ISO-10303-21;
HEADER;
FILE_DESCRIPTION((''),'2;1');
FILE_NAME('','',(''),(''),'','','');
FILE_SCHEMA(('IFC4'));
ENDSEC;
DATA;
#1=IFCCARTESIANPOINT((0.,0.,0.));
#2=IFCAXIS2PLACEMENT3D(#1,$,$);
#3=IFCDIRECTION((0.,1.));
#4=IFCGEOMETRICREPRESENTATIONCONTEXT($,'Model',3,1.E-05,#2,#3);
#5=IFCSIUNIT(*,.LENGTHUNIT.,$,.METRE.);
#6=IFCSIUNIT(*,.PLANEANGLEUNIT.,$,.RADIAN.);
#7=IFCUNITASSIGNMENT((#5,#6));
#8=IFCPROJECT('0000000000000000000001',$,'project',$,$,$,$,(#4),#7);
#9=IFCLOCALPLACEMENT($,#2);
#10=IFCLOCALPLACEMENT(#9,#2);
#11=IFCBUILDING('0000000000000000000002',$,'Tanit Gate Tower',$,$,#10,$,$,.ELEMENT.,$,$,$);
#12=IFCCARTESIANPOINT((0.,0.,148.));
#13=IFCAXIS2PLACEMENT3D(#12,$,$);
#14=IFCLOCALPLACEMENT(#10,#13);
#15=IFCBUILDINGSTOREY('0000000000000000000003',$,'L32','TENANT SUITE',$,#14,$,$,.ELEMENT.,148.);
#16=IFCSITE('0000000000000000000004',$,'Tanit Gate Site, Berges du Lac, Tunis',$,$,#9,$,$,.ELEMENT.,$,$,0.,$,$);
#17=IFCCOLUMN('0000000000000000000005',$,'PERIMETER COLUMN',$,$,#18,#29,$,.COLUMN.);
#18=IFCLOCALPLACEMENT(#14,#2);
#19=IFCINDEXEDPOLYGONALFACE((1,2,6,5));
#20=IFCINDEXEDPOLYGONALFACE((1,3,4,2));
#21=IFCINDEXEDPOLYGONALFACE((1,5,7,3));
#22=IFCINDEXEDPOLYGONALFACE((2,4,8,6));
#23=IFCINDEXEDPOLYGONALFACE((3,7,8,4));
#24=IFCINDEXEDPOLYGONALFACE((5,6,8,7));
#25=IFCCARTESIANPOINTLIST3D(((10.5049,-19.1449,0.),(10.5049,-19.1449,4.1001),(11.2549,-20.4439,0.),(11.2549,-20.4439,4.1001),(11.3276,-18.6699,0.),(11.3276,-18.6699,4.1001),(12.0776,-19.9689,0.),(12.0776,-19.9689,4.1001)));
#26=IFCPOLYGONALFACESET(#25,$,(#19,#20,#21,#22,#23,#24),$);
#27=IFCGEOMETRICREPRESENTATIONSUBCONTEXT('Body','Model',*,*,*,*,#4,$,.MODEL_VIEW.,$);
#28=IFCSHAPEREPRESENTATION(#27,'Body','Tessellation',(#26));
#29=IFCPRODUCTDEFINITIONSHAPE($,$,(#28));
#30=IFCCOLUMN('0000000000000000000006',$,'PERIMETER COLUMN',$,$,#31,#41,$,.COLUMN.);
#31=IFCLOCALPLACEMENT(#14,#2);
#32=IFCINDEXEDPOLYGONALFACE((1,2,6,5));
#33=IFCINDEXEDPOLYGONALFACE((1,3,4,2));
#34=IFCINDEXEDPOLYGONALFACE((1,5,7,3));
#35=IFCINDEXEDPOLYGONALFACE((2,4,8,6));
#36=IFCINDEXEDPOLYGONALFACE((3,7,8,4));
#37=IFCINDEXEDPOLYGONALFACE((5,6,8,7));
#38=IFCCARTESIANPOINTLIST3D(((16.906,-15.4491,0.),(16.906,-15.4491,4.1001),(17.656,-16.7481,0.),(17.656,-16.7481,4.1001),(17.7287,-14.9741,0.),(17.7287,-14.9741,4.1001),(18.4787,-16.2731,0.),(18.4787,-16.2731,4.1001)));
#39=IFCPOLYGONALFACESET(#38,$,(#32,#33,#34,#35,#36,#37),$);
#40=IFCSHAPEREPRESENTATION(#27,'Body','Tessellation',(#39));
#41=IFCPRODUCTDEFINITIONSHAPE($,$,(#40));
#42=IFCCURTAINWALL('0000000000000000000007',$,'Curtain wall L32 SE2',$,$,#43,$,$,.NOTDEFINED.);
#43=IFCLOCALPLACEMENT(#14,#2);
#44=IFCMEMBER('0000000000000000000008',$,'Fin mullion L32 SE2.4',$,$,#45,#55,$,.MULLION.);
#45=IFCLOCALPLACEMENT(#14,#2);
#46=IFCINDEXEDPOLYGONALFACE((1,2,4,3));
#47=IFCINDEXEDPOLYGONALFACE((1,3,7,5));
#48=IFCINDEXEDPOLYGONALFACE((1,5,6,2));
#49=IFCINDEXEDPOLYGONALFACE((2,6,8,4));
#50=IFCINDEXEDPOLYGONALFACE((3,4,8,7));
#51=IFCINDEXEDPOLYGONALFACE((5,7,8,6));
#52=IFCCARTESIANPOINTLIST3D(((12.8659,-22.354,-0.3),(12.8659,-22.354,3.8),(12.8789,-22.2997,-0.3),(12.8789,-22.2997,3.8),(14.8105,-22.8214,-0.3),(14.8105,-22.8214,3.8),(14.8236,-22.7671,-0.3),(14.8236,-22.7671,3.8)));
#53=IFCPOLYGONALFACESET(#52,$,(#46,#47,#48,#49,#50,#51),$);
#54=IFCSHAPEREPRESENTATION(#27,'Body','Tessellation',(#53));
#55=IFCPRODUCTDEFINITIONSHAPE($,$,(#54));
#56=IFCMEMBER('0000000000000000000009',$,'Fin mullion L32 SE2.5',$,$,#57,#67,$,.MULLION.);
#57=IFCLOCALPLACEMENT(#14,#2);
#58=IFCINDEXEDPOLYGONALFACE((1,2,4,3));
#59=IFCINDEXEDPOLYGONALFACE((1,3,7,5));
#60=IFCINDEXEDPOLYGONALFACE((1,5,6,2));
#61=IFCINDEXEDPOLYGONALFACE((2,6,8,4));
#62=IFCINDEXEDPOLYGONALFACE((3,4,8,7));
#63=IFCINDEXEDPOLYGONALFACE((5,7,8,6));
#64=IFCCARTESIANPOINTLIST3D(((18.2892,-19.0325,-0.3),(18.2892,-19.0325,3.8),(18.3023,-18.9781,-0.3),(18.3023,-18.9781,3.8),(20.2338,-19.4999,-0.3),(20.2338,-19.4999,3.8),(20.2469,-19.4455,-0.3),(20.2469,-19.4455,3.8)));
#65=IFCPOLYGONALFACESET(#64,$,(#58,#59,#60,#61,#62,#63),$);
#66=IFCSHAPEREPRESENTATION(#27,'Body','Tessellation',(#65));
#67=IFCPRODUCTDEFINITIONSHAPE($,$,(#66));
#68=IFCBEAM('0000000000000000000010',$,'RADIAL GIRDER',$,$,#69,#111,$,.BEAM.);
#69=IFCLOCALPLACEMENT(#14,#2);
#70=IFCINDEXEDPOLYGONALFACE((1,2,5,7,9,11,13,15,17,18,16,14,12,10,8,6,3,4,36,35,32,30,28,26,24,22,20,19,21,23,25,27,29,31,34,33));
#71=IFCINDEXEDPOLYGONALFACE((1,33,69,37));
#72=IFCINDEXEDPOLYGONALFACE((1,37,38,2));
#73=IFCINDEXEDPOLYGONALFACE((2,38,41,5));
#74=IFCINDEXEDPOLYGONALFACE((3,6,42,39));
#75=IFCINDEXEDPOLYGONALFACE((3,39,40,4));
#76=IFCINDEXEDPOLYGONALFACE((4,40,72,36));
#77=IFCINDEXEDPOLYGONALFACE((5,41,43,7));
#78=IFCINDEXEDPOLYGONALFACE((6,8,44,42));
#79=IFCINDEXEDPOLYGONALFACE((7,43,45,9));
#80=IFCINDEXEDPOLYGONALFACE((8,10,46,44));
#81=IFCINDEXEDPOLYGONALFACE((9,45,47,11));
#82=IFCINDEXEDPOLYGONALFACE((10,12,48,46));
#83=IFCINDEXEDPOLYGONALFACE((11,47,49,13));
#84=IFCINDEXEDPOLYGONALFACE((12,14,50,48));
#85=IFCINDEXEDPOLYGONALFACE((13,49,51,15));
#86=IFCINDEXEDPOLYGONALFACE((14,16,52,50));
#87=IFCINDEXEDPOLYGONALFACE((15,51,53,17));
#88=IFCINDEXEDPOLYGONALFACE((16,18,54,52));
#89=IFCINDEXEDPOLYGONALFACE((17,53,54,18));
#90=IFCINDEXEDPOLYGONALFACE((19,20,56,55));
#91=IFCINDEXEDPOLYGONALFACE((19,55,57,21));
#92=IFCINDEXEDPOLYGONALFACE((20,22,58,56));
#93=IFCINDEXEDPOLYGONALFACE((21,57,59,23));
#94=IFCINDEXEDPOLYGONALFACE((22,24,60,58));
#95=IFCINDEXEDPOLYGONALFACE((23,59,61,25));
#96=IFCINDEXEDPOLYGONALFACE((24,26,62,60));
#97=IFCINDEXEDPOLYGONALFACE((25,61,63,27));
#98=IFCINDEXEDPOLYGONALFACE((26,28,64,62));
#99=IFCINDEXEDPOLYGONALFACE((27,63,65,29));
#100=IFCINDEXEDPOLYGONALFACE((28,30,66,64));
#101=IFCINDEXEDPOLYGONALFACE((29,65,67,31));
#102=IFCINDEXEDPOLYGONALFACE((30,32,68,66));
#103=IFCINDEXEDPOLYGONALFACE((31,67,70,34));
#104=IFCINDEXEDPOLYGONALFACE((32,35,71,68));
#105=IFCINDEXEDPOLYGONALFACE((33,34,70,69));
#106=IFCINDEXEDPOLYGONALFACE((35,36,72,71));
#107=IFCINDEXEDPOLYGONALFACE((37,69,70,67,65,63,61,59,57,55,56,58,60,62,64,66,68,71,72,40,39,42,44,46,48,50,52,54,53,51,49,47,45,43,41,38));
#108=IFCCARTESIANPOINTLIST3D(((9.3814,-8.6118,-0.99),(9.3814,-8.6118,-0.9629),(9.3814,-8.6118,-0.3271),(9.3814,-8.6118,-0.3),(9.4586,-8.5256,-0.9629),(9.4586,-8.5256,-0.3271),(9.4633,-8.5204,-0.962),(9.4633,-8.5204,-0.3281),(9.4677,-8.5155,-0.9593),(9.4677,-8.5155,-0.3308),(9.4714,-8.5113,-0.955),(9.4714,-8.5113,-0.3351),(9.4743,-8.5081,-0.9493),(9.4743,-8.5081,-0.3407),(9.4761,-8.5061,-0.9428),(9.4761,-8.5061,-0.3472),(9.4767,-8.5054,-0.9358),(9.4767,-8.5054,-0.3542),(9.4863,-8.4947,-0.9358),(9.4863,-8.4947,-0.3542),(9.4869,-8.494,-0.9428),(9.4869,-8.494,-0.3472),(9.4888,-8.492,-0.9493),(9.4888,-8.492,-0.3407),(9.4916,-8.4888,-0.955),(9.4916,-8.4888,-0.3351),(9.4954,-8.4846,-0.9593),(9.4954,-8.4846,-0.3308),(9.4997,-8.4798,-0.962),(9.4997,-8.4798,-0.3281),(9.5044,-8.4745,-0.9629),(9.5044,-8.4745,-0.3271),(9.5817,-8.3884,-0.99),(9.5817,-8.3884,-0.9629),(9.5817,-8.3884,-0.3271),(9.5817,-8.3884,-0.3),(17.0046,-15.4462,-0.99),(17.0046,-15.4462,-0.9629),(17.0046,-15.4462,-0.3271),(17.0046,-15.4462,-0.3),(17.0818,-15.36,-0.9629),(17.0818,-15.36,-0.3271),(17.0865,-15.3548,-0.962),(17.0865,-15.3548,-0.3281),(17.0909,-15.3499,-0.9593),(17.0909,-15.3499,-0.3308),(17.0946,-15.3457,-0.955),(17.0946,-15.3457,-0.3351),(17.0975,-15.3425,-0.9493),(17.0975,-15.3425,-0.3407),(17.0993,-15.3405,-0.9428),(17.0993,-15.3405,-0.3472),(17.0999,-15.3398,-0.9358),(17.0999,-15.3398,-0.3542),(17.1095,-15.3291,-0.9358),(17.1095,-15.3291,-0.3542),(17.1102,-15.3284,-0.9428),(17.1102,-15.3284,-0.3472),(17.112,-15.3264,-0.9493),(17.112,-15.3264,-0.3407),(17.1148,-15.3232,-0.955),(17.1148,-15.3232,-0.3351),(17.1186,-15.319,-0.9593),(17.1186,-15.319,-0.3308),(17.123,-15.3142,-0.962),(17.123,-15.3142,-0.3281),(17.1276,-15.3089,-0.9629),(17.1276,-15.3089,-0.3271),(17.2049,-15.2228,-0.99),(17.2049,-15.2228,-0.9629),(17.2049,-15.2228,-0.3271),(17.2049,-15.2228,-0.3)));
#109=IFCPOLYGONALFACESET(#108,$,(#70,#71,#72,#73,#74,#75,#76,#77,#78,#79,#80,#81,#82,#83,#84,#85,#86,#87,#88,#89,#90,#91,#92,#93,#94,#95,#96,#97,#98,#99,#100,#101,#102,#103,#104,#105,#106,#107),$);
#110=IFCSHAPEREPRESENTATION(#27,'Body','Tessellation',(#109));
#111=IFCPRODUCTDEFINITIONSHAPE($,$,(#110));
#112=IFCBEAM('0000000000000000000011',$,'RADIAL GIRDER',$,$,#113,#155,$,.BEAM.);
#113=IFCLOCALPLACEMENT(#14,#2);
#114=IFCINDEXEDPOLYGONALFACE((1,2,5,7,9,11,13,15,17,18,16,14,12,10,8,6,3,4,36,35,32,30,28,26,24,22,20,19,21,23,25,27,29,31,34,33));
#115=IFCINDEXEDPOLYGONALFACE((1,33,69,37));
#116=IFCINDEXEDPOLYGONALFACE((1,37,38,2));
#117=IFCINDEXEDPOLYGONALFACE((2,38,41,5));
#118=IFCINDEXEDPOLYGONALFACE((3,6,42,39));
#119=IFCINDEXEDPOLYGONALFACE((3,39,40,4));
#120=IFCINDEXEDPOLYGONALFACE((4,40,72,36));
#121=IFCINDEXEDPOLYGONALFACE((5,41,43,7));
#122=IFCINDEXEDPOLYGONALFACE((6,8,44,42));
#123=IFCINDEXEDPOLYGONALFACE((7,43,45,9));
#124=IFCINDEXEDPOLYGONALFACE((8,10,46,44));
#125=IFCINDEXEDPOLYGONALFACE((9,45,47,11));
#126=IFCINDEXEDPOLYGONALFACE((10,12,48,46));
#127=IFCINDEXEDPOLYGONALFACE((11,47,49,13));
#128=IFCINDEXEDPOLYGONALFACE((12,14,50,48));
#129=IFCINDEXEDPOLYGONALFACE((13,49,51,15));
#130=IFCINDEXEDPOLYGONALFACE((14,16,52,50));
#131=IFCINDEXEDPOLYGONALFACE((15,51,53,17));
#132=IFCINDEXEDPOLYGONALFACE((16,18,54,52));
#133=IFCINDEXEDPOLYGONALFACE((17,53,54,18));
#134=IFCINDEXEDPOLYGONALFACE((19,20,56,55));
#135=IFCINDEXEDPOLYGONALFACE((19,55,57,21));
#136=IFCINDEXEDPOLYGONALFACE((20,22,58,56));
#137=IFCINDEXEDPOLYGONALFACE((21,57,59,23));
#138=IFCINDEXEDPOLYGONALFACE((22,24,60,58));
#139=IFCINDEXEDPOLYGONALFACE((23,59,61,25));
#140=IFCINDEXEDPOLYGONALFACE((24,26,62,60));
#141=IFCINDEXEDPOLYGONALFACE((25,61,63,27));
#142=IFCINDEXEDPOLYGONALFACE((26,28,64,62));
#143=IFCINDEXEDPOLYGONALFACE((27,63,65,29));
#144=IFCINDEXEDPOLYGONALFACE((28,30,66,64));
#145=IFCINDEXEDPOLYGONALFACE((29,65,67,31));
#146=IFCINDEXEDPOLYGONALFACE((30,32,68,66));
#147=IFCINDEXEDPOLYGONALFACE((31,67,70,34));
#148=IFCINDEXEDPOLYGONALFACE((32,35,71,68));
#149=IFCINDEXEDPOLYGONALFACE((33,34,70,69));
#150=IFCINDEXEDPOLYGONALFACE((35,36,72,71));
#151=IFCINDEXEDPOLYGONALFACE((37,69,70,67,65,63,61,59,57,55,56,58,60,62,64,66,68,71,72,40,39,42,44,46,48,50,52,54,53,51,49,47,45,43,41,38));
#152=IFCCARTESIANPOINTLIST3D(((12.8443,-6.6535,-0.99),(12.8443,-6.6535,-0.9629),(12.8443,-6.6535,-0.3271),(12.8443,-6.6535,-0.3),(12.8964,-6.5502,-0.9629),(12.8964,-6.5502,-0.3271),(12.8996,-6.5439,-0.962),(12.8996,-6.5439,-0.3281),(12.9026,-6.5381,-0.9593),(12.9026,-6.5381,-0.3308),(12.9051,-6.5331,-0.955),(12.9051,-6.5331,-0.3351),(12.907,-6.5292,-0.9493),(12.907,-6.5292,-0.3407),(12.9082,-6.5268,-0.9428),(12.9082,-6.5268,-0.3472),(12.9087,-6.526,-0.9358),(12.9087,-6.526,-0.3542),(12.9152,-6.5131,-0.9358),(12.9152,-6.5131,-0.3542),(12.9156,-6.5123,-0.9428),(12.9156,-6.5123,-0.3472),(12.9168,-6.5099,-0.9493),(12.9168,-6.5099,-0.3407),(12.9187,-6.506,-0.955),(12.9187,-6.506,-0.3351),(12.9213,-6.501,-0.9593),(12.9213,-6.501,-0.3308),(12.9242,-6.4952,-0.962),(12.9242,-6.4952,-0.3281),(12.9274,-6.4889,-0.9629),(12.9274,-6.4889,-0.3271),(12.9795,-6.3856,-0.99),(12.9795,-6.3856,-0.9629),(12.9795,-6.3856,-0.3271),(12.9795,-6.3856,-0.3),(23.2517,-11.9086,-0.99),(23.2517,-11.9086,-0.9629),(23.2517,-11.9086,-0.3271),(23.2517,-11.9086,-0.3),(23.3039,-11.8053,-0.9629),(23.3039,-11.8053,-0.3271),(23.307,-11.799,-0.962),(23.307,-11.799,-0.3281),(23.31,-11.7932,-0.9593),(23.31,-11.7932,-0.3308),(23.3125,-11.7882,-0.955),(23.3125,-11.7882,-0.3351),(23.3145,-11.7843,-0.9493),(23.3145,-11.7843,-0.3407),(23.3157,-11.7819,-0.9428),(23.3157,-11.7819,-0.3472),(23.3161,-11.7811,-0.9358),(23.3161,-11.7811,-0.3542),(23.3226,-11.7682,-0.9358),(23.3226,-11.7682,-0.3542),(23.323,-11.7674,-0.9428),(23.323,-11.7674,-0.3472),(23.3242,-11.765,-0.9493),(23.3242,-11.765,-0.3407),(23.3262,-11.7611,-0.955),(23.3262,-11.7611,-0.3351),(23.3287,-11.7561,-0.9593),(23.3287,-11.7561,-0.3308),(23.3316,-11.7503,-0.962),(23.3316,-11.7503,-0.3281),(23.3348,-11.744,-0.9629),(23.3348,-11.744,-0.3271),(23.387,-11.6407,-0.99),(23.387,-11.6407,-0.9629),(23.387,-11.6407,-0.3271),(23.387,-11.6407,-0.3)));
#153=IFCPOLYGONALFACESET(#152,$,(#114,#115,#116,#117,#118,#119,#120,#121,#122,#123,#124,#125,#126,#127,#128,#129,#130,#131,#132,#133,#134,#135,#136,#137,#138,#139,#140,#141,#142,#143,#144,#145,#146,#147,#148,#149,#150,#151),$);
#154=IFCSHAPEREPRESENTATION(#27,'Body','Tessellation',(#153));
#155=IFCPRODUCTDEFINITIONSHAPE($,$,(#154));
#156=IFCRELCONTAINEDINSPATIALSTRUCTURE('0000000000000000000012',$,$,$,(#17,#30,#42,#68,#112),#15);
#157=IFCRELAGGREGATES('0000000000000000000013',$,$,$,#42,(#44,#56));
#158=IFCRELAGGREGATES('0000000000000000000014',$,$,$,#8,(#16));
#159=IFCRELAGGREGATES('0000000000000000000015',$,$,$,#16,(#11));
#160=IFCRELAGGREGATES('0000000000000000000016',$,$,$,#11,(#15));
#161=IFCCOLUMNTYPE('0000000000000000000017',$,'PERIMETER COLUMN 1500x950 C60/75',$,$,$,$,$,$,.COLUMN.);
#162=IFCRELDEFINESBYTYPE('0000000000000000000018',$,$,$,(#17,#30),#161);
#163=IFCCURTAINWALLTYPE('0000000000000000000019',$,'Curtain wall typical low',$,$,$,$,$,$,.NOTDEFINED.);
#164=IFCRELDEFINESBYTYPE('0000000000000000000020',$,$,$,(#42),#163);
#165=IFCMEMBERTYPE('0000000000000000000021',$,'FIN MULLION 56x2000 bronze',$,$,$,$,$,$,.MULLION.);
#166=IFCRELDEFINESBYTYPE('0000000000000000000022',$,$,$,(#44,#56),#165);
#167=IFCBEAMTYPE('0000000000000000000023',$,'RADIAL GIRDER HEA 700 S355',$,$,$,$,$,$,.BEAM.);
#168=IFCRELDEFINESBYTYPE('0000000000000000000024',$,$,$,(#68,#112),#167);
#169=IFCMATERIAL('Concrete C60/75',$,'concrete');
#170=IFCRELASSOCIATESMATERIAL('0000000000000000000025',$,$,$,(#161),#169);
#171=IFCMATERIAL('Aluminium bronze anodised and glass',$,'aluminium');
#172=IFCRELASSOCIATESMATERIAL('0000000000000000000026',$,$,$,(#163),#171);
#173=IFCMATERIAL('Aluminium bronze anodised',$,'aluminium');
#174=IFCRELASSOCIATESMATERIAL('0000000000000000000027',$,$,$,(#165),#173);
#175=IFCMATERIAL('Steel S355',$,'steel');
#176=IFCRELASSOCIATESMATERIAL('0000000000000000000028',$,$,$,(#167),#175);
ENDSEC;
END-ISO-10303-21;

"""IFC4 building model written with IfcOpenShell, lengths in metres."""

from ifc_helpers import new_model, si_unit, direction, frame, origin, origin_2d, place, context, subcontext, project, spatial, rectangle, i_section, extrude, material, material_profile, profile_set, type_object, element, aggregate, save


model = new_model("IFC4")

# Units and contexts
model_context = context("Model", 3, precision=1e-05, world=origin(), true_north=direction((0.0, 1.0)))
body_context = subcontext(model_context, "Body", "Model", "MODEL_VIEW")
ifc_project = project(units=[si_unit("LENGTHUNIT", "METRE"), si_unit("PLANEANGLEUNIT", "RADIAN")], contexts=[model_context])

# Site, building, storey
site_placement = place(None, origin())
site = spatial("IfcSite", under=ifc_project, at=site_placement, Name="Tanit Gate Site, Berges du Lac, Tunis", CompositionType="ELEMENT", RefElevation=0.0)
building_placement = place(site_placement, origin())
building = spatial("IfcBuilding", under=site, at=building_placement, Name="Tanit Gate Tower", CompositionType="ELEMENT")
storey_placement = place(building_placement, frame((0.0, 0.0, 148.0)))
storey = spatial("IfcBuildingStorey", under=building, at=storey_placement, Name="L32", Description="TENANT SUITE", CompositionType="ELEMENT", Elevation=148.0)

# Columns
ifc_material_1 = material(Name="Concrete C60/75", Category="concrete")
ifc_material_profile_1 = material_profile(ifc_material_1, rectangle(XDim=1.5, YDim=0.95, at=origin_2d()), Name="RC 1500x950")
ifc_profile_set_1 = profile_set([ifc_material_profile_1], Name="Concrete C60/75")
column_type = type_object("IfcColumnType", Name="PERIMETER COLUMN 1500x950 C60/75", PredefinedType="COLUMN", material=ifc_profile_set_1)
for number, where, z_axis, x_axis, name in (
    (1, (11.2913, -19.5569, 0.0), (0.0, 0.0, 1.0), (0.5, -0.866025, 0.0), "PERIMETER COLUMN"),
    (2, (17.6924, -15.8611, 0.0), (0.0, 0.0, 1.0), (0.5, -0.866025, 0.0), "PERIMETER COLUMN"),
):
    element("IfcColumn", number, at=place(storey_placement, frame(where, z_axis=z_axis, x_axis=x_axis)), inside=storey, type_object=column_type, Name=name, PredefinedType="COLUMN", context=body_context, shape_type="SweptSolid", body=[
        extrude(rectangle(XDim=1.5, YDim=0.95, at=origin_2d()), origin(), (0.0, 0.0, 1.0), 4.1001),
    ])

# Curtain wall, members
ifc_material_2 = material(Name="Aluminium bronze anodised and glass", Category="aluminium")
curtain_wall_type = type_object("IfcCurtainWallType", Name="Curtain wall typical low", PredefinedType="NOTDEFINED", material=ifc_material_2)
curtain_wall_placement = place(storey_placement, origin())
curtain_wall = element("IfcCurtainWall", 3, at=curtain_wall_placement, inside=storey, type_object=curtain_wall_type, Name="Curtain wall L32 SE2", PredefinedType="NOTDEFINED")
ifc_material_3 = material(Name="Aluminium bronze anodised", Category="aluminium")
ifc_material_profile_2 = material_profile(ifc_material_3, rectangle(XDim=2.0, YDim=0.0559, at=origin_2d()), Name="56x2000 bronze fin mullion")
ifc_profile_set_2 = profile_set([ifc_material_profile_2], Name="Aluminium bronze anodised")
member_type_1 = type_object("IfcMemberType", Name="FIN MULLION 56x2000 bronze", PredefinedType="MULLION", material=ifc_profile_set_2)
member_1_placement = place(storey_placement, frame((13.8447, -22.5605, -0.3), z_axis=(0.0, 0.0, 1.0), x_axis=(-0.972311, 0.233691, 0.0)))
member_1 = element("IfcMember", 4, at=member_1_placement, type_object=member_type_1, Name="Fin mullion L32 SE2.4", PredefinedType="MULLION", context=body_context, shape_type="SweptSolid", body=[
    extrude(rectangle(XDim=2.0, YDim=0.0559, at=origin_2d()), origin(), (0.0, 0.0, 1.0), 4.1001),
])
member_2_placement = place(storey_placement, frame((19.2681, -19.239, -0.3), z_axis=(0.0, 0.0, 1.0), x_axis=(-0.972311, 0.233691, 0.0)))
member_2 = element("IfcMember", 5, at=member_2_placement, type_object=member_type_1, Name="Fin mullion L32 SE2.5", PredefinedType="MULLION", context=body_context, shape_type="SweptSolid", body=[
    extrude(rectangle(XDim=2.0, YDim=0.0559, at=origin_2d()), origin(), (0.0, 0.0, 1.0), 4.1001),
])

# Beams
ifc_material_4 = material(Name="Steel S355", Category="steel")
ifc_material_profile_3 = material_profile(ifc_material_4, i_section(OverallWidth=0.3, OverallDepth=0.6899, WebThickness=0.0144, FlangeThickness=0.0271, FilletRadius=0.0271, at=origin_2d()), Name="HEA 700")
ifc_profile_set_3 = profile_set([ifc_material_profile_3], Name="Steel S355")
beam_type_1 = type_object("IfcBeamType", Name="RADIAL GIRDER HEA 700 S355", PredefinedType="BEAM", material=ifc_profile_set_3)
beam_1_placement = place(storey_placement, frame((17.1047, -15.3345, -0.645), z_axis=(-0.744579, 0.667534, 0.0), x_axis=(-0.667534, -0.744579, 0.0)))
element("IfcBeam", 6, at=beam_1_placement, inside=storey, type_object=beam_type_1, Name="RADIAL GIRDER", PredefinedType="BEAM", context=body_context, shape_type="SweptSolid", body=[
    extrude(i_section(OverallWidth=0.3, OverallDepth=0.6899, WebThickness=0.0144, FlangeThickness=0.0271, FilletRadius=0.0271, at=origin_2d()), origin(), (0.0, 0.0, 1.0), 10.2383),
])
beam_2_placement = place(storey_placement, frame((23.3193, -11.7747, -0.645), z_axis=(-0.892657, 0.450736, 0.0), x_axis=(-0.450736, -0.892657, 0.0)))
element("IfcBeam", 7, at=beam_2_placement, inside=storey, type_object=beam_type_1, Name="RADIAL GIRDER", PredefinedType="BEAM", context=body_context, shape_type="SweptSolid", body=[
    extrude(i_section(OverallWidth=0.3, OverallDepth=0.6899, WebThickness=0.0144, FlangeThickness=0.0271, FilletRadius=0.0271, at=origin_2d()), origin(), (0.0, 0.0, 1.0), 11.6589),
])

aggregate(curtain_wall, [member_1, member_2])

save(model, "model.ifc")
